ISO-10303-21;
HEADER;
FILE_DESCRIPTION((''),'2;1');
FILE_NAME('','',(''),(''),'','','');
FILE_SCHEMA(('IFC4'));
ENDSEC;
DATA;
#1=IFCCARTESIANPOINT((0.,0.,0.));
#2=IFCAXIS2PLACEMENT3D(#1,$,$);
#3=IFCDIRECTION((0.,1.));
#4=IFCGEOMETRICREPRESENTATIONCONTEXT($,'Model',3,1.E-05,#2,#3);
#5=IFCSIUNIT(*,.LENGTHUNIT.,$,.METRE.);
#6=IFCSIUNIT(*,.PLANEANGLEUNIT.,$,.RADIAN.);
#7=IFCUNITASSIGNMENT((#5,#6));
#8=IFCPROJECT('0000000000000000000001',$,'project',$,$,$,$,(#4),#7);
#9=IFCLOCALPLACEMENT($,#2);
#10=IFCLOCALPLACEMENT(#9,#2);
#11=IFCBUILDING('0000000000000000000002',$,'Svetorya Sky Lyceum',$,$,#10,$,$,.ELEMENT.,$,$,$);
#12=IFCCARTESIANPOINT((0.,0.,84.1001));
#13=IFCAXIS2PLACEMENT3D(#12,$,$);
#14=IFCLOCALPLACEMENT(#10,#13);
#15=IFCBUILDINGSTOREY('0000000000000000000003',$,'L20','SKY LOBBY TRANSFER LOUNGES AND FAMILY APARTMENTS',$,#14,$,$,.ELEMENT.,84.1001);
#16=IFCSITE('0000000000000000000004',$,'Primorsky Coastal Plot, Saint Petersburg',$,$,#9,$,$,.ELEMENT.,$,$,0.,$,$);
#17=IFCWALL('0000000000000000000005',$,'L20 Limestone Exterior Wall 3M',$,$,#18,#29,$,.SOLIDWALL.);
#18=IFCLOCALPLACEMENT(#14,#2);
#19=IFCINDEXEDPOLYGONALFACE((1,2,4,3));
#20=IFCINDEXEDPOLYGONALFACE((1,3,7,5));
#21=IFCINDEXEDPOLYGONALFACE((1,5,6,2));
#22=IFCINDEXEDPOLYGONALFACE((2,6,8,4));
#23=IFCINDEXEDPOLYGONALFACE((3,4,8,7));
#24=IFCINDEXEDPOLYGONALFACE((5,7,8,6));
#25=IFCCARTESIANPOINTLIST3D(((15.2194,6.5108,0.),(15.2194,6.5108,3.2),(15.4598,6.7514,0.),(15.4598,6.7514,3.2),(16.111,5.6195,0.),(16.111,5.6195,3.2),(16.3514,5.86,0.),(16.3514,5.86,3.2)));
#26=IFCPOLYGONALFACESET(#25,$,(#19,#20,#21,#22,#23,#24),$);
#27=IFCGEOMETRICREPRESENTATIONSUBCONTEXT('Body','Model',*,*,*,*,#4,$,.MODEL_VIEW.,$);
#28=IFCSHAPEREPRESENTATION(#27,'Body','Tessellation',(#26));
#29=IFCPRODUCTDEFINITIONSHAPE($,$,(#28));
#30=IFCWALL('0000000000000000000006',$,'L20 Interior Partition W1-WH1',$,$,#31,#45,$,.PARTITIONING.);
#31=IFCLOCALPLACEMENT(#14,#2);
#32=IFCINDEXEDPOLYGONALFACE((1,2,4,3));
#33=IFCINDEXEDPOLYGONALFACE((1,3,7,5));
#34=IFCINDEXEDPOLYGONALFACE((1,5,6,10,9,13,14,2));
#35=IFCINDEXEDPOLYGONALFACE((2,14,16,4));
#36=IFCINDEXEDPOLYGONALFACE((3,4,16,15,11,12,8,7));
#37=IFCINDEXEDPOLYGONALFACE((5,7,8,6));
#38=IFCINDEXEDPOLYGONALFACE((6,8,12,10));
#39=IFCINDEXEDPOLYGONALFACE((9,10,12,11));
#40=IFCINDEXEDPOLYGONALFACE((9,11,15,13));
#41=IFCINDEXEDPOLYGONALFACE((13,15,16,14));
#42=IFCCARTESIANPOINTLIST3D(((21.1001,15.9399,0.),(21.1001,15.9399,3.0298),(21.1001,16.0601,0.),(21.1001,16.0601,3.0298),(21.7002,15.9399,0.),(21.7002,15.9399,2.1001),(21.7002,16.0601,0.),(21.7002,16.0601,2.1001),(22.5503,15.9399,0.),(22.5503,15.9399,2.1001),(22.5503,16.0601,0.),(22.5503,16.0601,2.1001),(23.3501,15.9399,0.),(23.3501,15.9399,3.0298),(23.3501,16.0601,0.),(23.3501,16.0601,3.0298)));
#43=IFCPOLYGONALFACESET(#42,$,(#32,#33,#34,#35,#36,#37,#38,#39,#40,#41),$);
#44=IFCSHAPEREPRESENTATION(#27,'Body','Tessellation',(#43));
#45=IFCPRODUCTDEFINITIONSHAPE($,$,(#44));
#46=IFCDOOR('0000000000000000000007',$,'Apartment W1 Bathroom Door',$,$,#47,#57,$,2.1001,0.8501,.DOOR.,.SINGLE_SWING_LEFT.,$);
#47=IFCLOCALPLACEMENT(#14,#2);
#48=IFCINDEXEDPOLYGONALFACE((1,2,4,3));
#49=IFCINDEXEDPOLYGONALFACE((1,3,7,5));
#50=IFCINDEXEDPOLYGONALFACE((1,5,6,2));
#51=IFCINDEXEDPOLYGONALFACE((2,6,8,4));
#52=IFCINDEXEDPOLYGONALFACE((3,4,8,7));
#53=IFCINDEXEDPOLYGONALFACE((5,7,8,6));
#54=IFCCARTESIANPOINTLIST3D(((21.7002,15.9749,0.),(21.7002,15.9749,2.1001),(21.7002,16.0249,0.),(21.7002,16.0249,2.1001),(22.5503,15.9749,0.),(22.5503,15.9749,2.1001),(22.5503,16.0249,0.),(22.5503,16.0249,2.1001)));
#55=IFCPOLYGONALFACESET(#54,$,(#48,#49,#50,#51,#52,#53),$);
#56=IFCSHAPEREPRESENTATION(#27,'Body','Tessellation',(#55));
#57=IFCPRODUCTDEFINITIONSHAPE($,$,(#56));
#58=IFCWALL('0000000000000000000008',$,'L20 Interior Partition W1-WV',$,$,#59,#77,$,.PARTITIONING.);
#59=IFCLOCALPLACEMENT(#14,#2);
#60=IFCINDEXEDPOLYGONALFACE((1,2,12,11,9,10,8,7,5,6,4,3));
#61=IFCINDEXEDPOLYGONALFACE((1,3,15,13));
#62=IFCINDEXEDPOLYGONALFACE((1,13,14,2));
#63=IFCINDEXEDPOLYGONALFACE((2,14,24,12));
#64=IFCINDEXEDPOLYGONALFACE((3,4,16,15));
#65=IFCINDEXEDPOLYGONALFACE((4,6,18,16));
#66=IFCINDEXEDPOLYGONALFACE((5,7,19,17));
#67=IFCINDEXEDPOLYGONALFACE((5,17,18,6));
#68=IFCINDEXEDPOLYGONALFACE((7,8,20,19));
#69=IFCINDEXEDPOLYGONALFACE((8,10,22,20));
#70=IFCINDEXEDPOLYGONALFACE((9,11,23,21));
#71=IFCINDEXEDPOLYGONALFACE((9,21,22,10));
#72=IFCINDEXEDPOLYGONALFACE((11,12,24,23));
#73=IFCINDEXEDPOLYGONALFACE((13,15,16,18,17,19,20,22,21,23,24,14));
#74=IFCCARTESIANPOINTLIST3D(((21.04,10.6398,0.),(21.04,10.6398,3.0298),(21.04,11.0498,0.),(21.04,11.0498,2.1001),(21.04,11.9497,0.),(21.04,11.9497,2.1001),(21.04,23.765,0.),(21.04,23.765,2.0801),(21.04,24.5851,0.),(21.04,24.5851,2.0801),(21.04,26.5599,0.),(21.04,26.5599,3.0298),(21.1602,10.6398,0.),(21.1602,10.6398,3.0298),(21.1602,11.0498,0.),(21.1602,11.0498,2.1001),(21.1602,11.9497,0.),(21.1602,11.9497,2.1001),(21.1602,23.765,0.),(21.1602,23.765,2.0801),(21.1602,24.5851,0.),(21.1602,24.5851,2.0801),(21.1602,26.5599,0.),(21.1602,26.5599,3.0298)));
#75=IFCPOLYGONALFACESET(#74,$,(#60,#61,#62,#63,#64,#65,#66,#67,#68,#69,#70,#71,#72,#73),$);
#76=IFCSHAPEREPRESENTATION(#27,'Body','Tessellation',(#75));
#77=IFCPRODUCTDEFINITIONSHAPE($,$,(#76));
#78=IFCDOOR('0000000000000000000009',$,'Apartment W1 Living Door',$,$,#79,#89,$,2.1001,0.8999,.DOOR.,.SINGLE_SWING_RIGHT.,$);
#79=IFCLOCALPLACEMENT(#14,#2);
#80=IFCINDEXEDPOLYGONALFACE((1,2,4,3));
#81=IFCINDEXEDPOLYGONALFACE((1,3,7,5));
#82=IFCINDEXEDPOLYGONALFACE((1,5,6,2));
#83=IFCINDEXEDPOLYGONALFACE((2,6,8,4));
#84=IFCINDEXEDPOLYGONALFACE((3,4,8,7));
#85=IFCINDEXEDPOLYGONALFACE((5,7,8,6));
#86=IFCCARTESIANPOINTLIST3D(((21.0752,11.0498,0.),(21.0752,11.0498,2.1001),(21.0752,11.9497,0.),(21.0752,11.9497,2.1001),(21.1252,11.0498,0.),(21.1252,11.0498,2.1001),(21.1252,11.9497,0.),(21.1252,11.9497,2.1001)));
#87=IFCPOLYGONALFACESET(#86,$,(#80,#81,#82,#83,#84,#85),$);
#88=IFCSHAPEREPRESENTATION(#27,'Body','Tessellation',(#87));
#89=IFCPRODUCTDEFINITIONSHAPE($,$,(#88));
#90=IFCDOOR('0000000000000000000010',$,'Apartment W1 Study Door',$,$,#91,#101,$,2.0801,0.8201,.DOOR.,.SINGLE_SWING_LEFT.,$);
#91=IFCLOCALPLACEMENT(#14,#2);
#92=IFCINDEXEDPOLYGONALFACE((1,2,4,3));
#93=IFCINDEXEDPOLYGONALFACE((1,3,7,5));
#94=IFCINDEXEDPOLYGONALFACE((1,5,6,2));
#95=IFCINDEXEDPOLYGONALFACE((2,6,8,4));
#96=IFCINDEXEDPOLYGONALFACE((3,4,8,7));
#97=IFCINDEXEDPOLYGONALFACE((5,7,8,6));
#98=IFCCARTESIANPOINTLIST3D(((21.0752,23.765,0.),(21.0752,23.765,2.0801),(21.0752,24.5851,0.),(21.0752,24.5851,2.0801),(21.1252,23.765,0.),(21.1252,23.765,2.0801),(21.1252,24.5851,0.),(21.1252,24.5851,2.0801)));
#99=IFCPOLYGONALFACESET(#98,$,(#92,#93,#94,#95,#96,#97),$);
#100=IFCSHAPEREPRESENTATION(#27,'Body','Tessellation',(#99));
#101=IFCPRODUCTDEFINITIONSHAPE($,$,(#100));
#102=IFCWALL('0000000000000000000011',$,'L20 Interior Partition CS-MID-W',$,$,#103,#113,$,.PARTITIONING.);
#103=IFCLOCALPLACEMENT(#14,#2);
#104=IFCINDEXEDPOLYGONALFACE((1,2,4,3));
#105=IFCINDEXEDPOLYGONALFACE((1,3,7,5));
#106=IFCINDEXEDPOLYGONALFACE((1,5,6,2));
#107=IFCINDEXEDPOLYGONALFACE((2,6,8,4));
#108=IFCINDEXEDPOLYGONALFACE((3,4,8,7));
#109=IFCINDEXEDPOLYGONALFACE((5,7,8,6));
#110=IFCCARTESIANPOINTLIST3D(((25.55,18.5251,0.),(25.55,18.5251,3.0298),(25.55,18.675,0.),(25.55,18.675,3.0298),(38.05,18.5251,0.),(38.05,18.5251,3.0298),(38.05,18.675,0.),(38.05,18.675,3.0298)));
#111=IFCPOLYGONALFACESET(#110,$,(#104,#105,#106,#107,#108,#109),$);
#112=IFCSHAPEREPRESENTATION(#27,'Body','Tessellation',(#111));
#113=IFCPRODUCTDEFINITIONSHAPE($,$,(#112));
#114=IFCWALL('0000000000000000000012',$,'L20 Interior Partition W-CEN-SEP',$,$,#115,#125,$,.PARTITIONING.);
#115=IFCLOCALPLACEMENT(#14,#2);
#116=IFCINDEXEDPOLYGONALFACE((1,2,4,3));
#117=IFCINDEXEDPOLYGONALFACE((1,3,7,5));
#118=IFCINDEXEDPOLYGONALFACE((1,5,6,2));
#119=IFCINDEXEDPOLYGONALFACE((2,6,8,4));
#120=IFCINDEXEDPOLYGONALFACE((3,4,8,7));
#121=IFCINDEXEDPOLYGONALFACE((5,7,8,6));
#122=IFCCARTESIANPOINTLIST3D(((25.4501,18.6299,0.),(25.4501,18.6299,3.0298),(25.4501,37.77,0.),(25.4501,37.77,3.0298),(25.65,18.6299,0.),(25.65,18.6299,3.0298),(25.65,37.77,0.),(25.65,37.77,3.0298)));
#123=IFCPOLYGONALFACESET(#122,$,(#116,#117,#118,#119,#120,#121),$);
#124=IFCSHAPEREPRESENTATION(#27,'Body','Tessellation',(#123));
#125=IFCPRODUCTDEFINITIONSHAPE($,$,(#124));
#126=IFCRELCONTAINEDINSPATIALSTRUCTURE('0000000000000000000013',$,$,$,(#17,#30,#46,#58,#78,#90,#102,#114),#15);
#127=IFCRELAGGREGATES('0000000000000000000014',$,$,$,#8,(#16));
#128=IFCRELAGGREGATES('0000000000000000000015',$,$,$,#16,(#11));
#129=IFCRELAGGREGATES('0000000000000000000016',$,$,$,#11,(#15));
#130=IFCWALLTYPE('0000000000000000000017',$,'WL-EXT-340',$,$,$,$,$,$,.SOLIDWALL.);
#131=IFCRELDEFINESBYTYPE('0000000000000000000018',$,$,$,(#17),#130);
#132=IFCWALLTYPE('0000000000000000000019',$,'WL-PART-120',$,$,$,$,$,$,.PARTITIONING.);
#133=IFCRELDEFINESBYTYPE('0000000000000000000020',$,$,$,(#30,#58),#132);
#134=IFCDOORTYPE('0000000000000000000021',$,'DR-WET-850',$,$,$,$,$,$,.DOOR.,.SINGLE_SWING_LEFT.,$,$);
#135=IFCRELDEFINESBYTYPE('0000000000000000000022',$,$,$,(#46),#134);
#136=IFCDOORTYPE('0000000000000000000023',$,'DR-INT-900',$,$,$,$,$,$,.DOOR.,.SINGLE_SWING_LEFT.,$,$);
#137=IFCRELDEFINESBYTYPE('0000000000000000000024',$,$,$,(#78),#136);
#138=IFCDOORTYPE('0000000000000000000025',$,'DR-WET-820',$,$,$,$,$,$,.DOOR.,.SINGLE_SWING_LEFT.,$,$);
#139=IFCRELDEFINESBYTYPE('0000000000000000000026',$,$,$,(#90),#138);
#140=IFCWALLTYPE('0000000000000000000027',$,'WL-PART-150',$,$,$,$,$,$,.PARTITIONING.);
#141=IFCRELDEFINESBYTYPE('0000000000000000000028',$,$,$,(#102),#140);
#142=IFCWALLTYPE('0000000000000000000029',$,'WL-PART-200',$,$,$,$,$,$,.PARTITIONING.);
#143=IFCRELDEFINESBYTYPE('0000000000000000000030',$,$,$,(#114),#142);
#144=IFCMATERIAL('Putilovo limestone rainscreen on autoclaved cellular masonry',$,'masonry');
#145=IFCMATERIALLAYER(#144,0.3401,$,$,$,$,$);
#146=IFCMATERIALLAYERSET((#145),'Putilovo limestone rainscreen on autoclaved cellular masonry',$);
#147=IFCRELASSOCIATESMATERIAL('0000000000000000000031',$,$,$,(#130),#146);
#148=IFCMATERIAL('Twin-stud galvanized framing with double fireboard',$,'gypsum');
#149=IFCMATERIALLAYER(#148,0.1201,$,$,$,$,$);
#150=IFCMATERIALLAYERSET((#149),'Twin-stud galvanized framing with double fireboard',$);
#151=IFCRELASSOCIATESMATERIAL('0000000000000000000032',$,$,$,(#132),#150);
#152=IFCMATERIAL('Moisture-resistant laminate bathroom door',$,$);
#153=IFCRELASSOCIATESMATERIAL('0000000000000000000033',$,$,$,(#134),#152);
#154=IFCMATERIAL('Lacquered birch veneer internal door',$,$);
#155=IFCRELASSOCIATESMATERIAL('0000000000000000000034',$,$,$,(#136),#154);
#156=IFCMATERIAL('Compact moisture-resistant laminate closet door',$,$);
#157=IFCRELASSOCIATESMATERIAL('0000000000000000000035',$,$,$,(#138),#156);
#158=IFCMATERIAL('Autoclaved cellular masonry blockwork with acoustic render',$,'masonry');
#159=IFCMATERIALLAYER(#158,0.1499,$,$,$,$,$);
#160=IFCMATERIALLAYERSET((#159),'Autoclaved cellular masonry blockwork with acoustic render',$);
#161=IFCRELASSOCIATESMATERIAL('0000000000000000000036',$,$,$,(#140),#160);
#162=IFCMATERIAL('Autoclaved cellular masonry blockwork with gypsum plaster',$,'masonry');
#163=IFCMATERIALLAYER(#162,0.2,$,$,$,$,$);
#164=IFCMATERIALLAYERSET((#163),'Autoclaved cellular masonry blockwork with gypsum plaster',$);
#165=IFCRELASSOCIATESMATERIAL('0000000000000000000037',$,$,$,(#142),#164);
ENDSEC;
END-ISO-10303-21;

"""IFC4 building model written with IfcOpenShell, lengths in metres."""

from ifc_helpers import new_model, si_unit, direction, frame, frame_2d, origin, place, context, subcontext, project, spatial, rectangle, extrude, material, layer, layer_set, type_object, element, fill, save


model = new_model("IFC4")

# Units and contexts
model_context = context("Model", 3, precision=1e-05, world=origin(), true_north=direction((0.0, 1.0)))
body_context = subcontext(model_context, "Body", "Model", "MODEL_VIEW")
ifc_project = project(units=[si_unit("LENGTHUNIT", "METRE"), si_unit("PLANEANGLEUNIT", "RADIAN")], contexts=[model_context])

# Site, building, storey
site_placement = place(None, origin())
site = spatial("IfcSite", under=ifc_project, at=site_placement, Name="Primorsky Coastal Plot, Saint Petersburg", CompositionType="ELEMENT", RefElevation=0.0)
building_placement = place(site_placement, origin())
building = spatial("IfcBuilding", under=site, at=building_placement, Name="Svetorya Sky Lyceum", CompositionType="ELEMENT")
storey_placement = place(building_placement, frame((0.0, 0.0, 84.1001)))
storey = spatial("IfcBuildingStorey", under=building, at=storey_placement, Name="L20", Description="SKY LOBBY TRANSFER LOUNGES AND FAMILY APARTMENTS", CompositionType="ELEMENT", Elevation=84.1001)

# Wall
ifc_material_1 = material(Name="Putilovo limestone rainscreen on autoclaved cellular masonry", Category="masonry")
ifc_layer_1 = layer(ifc_material_1, 0.3401)
ifc_layer_set_1 = layer_set([ifc_layer_1], Name="Putilovo limestone rainscreen on autoclaved cellular masonry")
wall_type_1 = type_object("IfcWallType", Name="WL-EXT-340", PredefinedType="SOLIDWALL", material=ifc_layer_set_1)
wall_1_placement = place(storey_placement, frame((15.3396, 6.6311, 0.0), z_axis=(0.0, 0.0, 1.0), x_axis=(0.707204, -0.70701, 0.0)))
element("IfcWall", 1, at=wall_1_placement, inside=storey, type_object=wall_type_1, Name="L20 Limestone Exterior Wall 3M", PredefinedType="SOLIDWALL", context=body_context, shape_type="SweptSolid", body=[
    extrude(rectangle(XDim=1.2607, YDim=0.3401, at=frame_2d((0.6304, 0.0))), origin(), (0.0, 0.0, 1.0), 3.2),
])

# Wall, opening, door
ifc_material_2 = material(Name="Twin-stud galvanized framing with double fireboard", Category="gypsum")
ifc_layer_2 = layer(ifc_material_2, 0.1201)
ifc_layer_set_2 = layer_set([ifc_layer_2], Name="Twin-stud galvanized framing with double fireboard")
wall_type_2 = type_object("IfcWallType", Name="WL-PART-120", PredefinedType="PARTITIONING", material=ifc_layer_set_2)
wall_2_placement = place(storey_placement, frame((21.1001, 16.0, 0.0), z_axis=(0.0, 0.0, 1.0), x_axis=(1.0, 0.0, 0.0)))
wall_2 = element("IfcWall", 2, at=wall_2_placement, inside=storey, type_object=wall_type_2, Name="L20 Interior Partition W1-WH1", PredefinedType="PARTITIONING", context=body_context, shape_type="SweptSolid", body=[
    extrude(rectangle(XDim=2.25, YDim=0.1201, at=frame_2d((1.125, 0.0))), origin(), (0.0, 0.0, 1.0), 3.0298),
])
opening_1_placement = place(wall_2_placement, frame((0.6001, 0.0, 0.0)))
opening_1 = element("IfcOpeningElement", 3, at=opening_1_placement, cuts=wall_2, PredefinedType="OPENING", context=body_context, shape_type="SweptSolid", body=[
    extrude(rectangle(XDim=0.8501, YDim=2.1001, at=frame_2d((0.425, 1.05))), frame((0.0, 0.0701, 0.0), z_axis=(0.0, -1.0, 0.0), x_axis=(1.0, 0.0, 0.0)), (0.0, 0.0, 1.0), 0.1401),
])
ifc_material_3 = material(Name="Moisture-resistant laminate bathroom door")
door_type_1 = type_object("IfcDoorType", Name="DR-WET-850", OperationType="SINGLE_SWING_LEFT", PredefinedType="DOOR", material=ifc_material_3)
door_1_placement = place(opening_1_placement, origin())
door_1 = element("IfcDoor", 4, at=door_1_placement, inside=storey, type_object=door_type_1, Name="Apartment W1 Bathroom Door", OperationType="SINGLE_SWING_LEFT", OverallHeight=2.1001, OverallWidth=0.8501, PredefinedType="DOOR", context=body_context, shape_type="SweptSolid", body=[
    extrude(rectangle(XDim=0.8501, YDim=2.1001, at=frame_2d((0.425, 1.05))), frame((0.0, 0.0249, 0.0), z_axis=(0.0, -1.0, 0.0), x_axis=(1.0, 0.0, 0.0)), (0.0, 0.0, 1.0), 0.05),
])
fill(opening_1, door_1)

# Wall, openings, doors
wall_3_placement = place(storey_placement, frame((21.1001, 10.6399, 0.0), z_axis=(0.0, 0.0, 1.0), x_axis=(0.0, 1.0, 0.0)))
wall_3 = element("IfcWall", 5, at=wall_3_placement, inside=storey, type_object=wall_type_2, Name="L20 Interior Partition W1-WV", PredefinedType="PARTITIONING", context=body_context, shape_type="SweptSolid", body=[
    extrude(rectangle(XDim=15.9202, YDim=0.1201, at=frame_2d((7.96, 0.0))), origin(), (0.0, 0.0, 1.0), 3.0298),
])
opening_2_placement = place(wall_3_placement, frame((0.4099, 0.0, 0.0)))
opening_2 = element("IfcOpeningElement", 6, at=opening_2_placement, cuts=wall_3, PredefinedType="OPENING", context=body_context, shape_type="SweptSolid", body=[
    extrude(rectangle(XDim=0.8999, YDim=2.1001, at=frame_2d((0.45, 1.05))), frame((0.0, 0.0701, 0.0), z_axis=(0.0, -1.0, 0.0), x_axis=(1.0, 0.0, 0.0)), (0.0, 0.0, 1.0), 0.1401),
])
opening_3_placement = place(wall_3_placement, frame((13.125, 0.0, 0.0)))
opening_3 = element("IfcOpeningElement", 7, at=opening_3_placement, cuts=wall_3, PredefinedType="OPENING", context=body_context, shape_type="SweptSolid", body=[
    extrude(rectangle(XDim=0.8201, YDim=2.0801, at=frame_2d((0.4102, 1.04))), frame((0.0, 0.0701, 0.0), z_axis=(0.0, -1.0, 0.0), x_axis=(1.0, 0.0, 0.0)), (0.0, 0.0, 1.0), 0.1401),
])
ifc_material_4 = material(Name="Lacquered birch veneer internal door")
door_type_2 = type_object("IfcDoorType", Name="DR-INT-900", OperationType="SINGLE_SWING_LEFT", PredefinedType="DOOR", material=ifc_material_4)
door_2_placement = place(opening_2_placement, origin())
door_2 = element("IfcDoor", 8, at=door_2_placement, inside=storey, type_object=door_type_2, Name="Apartment W1 Living Door", OperationType="SINGLE_SWING_RIGHT", OverallHeight=2.1001, OverallWidth=0.8999, PredefinedType="DOOR", context=body_context, shape_type="SweptSolid", body=[
    extrude(rectangle(XDim=0.8999, YDim=2.1001, at=frame_2d((0.45, 1.05))), frame((0.0, 0.0249, 0.0), z_axis=(0.0, -1.0, 0.0), x_axis=(1.0, 0.0, 0.0)), (0.0, 0.0, 1.0), 0.05),
])
fill(opening_2, door_2)
ifc_material_5 = material(Name="Compact moisture-resistant laminate closet door")
door_type_3 = type_object("IfcDoorType", Name="DR-WET-820", OperationType="SINGLE_SWING_LEFT", PredefinedType="DOOR", material=ifc_material_5)
door_3_placement = place(opening_3_placement, origin())
door_3 = element("IfcDoor", 9, at=door_3_placement, inside=storey, type_object=door_type_3, Name="Apartment W1 Study Door", OperationType="SINGLE_SWING_LEFT", OverallHeight=2.0801, OverallWidth=0.8201, PredefinedType="DOOR", context=body_context, shape_type="SweptSolid", body=[
    extrude(rectangle(XDim=0.8201, YDim=2.0801, at=frame_2d((0.4102, 1.04))), frame((0.0, 0.0249, 0.0), z_axis=(0.0, -1.0, 0.0), x_axis=(1.0, 0.0, 0.0)), (0.0, 0.0, 1.0), 0.05),
])
fill(opening_3, door_3)

# Walls
ifc_material_6 = material(Name="Autoclaved cellular masonry blockwork with acoustic render", Category="masonry")
ifc_layer_3 = layer(ifc_material_6, 0.1499)
ifc_layer_set_3 = layer_set([ifc_layer_3], Name="Autoclaved cellular masonry blockwork with acoustic render")
wall_type_3 = type_object("IfcWallType", Name="WL-PART-150", PredefinedType="PARTITIONING", material=ifc_layer_set_3)
wall_4_placement = place(storey_placement, frame((25.55, 18.6001, 0.0), z_axis=(0.0, 0.0, 1.0), x_axis=(1.0, 0.0, 0.0)))
element("IfcWall", 10, at=wall_4_placement, inside=storey, type_object=wall_type_3, Name="L20 Interior Partition CS-MID-W", PredefinedType="PARTITIONING", context=body_context, shape_type="SweptSolid", body=[
    extrude(rectangle(XDim=12.5, YDim=0.1499, at=frame_2d((6.25, 0.0))), origin(), (0.0, 0.0, 1.0), 3.0298),
])
ifc_material_7 = material(Name="Autoclaved cellular masonry blockwork with gypsum plaster", Category="masonry")
ifc_layer_4 = layer(ifc_material_7, 0.2)
ifc_layer_set_4 = layer_set([ifc_layer_4], Name="Autoclaved cellular masonry blockwork with gypsum plaster")
wall_type_4 = type_object("IfcWallType", Name="WL-PART-200", PredefinedType="PARTITIONING", material=ifc_layer_set_4)
wall_5_placement = place(storey_placement, frame((25.55, 18.6299, 0.0), z_axis=(0.0, 0.0, 1.0), x_axis=(0.0, 1.0, 0.0)))
element("IfcWall", 11, at=wall_5_placement, inside=storey, type_object=wall_type_4, Name="L20 Interior Partition W-CEN-SEP", PredefinedType="PARTITIONING", context=body_context, shape_type="SweptSolid", body=[
    extrude(rectangle(XDim=19.1401, YDim=0.2, at=frame_2d((9.5701, 0.0))), origin(), (0.0, 0.0, 1.0), 3.0298),
])

save(model, "model.ifc")
